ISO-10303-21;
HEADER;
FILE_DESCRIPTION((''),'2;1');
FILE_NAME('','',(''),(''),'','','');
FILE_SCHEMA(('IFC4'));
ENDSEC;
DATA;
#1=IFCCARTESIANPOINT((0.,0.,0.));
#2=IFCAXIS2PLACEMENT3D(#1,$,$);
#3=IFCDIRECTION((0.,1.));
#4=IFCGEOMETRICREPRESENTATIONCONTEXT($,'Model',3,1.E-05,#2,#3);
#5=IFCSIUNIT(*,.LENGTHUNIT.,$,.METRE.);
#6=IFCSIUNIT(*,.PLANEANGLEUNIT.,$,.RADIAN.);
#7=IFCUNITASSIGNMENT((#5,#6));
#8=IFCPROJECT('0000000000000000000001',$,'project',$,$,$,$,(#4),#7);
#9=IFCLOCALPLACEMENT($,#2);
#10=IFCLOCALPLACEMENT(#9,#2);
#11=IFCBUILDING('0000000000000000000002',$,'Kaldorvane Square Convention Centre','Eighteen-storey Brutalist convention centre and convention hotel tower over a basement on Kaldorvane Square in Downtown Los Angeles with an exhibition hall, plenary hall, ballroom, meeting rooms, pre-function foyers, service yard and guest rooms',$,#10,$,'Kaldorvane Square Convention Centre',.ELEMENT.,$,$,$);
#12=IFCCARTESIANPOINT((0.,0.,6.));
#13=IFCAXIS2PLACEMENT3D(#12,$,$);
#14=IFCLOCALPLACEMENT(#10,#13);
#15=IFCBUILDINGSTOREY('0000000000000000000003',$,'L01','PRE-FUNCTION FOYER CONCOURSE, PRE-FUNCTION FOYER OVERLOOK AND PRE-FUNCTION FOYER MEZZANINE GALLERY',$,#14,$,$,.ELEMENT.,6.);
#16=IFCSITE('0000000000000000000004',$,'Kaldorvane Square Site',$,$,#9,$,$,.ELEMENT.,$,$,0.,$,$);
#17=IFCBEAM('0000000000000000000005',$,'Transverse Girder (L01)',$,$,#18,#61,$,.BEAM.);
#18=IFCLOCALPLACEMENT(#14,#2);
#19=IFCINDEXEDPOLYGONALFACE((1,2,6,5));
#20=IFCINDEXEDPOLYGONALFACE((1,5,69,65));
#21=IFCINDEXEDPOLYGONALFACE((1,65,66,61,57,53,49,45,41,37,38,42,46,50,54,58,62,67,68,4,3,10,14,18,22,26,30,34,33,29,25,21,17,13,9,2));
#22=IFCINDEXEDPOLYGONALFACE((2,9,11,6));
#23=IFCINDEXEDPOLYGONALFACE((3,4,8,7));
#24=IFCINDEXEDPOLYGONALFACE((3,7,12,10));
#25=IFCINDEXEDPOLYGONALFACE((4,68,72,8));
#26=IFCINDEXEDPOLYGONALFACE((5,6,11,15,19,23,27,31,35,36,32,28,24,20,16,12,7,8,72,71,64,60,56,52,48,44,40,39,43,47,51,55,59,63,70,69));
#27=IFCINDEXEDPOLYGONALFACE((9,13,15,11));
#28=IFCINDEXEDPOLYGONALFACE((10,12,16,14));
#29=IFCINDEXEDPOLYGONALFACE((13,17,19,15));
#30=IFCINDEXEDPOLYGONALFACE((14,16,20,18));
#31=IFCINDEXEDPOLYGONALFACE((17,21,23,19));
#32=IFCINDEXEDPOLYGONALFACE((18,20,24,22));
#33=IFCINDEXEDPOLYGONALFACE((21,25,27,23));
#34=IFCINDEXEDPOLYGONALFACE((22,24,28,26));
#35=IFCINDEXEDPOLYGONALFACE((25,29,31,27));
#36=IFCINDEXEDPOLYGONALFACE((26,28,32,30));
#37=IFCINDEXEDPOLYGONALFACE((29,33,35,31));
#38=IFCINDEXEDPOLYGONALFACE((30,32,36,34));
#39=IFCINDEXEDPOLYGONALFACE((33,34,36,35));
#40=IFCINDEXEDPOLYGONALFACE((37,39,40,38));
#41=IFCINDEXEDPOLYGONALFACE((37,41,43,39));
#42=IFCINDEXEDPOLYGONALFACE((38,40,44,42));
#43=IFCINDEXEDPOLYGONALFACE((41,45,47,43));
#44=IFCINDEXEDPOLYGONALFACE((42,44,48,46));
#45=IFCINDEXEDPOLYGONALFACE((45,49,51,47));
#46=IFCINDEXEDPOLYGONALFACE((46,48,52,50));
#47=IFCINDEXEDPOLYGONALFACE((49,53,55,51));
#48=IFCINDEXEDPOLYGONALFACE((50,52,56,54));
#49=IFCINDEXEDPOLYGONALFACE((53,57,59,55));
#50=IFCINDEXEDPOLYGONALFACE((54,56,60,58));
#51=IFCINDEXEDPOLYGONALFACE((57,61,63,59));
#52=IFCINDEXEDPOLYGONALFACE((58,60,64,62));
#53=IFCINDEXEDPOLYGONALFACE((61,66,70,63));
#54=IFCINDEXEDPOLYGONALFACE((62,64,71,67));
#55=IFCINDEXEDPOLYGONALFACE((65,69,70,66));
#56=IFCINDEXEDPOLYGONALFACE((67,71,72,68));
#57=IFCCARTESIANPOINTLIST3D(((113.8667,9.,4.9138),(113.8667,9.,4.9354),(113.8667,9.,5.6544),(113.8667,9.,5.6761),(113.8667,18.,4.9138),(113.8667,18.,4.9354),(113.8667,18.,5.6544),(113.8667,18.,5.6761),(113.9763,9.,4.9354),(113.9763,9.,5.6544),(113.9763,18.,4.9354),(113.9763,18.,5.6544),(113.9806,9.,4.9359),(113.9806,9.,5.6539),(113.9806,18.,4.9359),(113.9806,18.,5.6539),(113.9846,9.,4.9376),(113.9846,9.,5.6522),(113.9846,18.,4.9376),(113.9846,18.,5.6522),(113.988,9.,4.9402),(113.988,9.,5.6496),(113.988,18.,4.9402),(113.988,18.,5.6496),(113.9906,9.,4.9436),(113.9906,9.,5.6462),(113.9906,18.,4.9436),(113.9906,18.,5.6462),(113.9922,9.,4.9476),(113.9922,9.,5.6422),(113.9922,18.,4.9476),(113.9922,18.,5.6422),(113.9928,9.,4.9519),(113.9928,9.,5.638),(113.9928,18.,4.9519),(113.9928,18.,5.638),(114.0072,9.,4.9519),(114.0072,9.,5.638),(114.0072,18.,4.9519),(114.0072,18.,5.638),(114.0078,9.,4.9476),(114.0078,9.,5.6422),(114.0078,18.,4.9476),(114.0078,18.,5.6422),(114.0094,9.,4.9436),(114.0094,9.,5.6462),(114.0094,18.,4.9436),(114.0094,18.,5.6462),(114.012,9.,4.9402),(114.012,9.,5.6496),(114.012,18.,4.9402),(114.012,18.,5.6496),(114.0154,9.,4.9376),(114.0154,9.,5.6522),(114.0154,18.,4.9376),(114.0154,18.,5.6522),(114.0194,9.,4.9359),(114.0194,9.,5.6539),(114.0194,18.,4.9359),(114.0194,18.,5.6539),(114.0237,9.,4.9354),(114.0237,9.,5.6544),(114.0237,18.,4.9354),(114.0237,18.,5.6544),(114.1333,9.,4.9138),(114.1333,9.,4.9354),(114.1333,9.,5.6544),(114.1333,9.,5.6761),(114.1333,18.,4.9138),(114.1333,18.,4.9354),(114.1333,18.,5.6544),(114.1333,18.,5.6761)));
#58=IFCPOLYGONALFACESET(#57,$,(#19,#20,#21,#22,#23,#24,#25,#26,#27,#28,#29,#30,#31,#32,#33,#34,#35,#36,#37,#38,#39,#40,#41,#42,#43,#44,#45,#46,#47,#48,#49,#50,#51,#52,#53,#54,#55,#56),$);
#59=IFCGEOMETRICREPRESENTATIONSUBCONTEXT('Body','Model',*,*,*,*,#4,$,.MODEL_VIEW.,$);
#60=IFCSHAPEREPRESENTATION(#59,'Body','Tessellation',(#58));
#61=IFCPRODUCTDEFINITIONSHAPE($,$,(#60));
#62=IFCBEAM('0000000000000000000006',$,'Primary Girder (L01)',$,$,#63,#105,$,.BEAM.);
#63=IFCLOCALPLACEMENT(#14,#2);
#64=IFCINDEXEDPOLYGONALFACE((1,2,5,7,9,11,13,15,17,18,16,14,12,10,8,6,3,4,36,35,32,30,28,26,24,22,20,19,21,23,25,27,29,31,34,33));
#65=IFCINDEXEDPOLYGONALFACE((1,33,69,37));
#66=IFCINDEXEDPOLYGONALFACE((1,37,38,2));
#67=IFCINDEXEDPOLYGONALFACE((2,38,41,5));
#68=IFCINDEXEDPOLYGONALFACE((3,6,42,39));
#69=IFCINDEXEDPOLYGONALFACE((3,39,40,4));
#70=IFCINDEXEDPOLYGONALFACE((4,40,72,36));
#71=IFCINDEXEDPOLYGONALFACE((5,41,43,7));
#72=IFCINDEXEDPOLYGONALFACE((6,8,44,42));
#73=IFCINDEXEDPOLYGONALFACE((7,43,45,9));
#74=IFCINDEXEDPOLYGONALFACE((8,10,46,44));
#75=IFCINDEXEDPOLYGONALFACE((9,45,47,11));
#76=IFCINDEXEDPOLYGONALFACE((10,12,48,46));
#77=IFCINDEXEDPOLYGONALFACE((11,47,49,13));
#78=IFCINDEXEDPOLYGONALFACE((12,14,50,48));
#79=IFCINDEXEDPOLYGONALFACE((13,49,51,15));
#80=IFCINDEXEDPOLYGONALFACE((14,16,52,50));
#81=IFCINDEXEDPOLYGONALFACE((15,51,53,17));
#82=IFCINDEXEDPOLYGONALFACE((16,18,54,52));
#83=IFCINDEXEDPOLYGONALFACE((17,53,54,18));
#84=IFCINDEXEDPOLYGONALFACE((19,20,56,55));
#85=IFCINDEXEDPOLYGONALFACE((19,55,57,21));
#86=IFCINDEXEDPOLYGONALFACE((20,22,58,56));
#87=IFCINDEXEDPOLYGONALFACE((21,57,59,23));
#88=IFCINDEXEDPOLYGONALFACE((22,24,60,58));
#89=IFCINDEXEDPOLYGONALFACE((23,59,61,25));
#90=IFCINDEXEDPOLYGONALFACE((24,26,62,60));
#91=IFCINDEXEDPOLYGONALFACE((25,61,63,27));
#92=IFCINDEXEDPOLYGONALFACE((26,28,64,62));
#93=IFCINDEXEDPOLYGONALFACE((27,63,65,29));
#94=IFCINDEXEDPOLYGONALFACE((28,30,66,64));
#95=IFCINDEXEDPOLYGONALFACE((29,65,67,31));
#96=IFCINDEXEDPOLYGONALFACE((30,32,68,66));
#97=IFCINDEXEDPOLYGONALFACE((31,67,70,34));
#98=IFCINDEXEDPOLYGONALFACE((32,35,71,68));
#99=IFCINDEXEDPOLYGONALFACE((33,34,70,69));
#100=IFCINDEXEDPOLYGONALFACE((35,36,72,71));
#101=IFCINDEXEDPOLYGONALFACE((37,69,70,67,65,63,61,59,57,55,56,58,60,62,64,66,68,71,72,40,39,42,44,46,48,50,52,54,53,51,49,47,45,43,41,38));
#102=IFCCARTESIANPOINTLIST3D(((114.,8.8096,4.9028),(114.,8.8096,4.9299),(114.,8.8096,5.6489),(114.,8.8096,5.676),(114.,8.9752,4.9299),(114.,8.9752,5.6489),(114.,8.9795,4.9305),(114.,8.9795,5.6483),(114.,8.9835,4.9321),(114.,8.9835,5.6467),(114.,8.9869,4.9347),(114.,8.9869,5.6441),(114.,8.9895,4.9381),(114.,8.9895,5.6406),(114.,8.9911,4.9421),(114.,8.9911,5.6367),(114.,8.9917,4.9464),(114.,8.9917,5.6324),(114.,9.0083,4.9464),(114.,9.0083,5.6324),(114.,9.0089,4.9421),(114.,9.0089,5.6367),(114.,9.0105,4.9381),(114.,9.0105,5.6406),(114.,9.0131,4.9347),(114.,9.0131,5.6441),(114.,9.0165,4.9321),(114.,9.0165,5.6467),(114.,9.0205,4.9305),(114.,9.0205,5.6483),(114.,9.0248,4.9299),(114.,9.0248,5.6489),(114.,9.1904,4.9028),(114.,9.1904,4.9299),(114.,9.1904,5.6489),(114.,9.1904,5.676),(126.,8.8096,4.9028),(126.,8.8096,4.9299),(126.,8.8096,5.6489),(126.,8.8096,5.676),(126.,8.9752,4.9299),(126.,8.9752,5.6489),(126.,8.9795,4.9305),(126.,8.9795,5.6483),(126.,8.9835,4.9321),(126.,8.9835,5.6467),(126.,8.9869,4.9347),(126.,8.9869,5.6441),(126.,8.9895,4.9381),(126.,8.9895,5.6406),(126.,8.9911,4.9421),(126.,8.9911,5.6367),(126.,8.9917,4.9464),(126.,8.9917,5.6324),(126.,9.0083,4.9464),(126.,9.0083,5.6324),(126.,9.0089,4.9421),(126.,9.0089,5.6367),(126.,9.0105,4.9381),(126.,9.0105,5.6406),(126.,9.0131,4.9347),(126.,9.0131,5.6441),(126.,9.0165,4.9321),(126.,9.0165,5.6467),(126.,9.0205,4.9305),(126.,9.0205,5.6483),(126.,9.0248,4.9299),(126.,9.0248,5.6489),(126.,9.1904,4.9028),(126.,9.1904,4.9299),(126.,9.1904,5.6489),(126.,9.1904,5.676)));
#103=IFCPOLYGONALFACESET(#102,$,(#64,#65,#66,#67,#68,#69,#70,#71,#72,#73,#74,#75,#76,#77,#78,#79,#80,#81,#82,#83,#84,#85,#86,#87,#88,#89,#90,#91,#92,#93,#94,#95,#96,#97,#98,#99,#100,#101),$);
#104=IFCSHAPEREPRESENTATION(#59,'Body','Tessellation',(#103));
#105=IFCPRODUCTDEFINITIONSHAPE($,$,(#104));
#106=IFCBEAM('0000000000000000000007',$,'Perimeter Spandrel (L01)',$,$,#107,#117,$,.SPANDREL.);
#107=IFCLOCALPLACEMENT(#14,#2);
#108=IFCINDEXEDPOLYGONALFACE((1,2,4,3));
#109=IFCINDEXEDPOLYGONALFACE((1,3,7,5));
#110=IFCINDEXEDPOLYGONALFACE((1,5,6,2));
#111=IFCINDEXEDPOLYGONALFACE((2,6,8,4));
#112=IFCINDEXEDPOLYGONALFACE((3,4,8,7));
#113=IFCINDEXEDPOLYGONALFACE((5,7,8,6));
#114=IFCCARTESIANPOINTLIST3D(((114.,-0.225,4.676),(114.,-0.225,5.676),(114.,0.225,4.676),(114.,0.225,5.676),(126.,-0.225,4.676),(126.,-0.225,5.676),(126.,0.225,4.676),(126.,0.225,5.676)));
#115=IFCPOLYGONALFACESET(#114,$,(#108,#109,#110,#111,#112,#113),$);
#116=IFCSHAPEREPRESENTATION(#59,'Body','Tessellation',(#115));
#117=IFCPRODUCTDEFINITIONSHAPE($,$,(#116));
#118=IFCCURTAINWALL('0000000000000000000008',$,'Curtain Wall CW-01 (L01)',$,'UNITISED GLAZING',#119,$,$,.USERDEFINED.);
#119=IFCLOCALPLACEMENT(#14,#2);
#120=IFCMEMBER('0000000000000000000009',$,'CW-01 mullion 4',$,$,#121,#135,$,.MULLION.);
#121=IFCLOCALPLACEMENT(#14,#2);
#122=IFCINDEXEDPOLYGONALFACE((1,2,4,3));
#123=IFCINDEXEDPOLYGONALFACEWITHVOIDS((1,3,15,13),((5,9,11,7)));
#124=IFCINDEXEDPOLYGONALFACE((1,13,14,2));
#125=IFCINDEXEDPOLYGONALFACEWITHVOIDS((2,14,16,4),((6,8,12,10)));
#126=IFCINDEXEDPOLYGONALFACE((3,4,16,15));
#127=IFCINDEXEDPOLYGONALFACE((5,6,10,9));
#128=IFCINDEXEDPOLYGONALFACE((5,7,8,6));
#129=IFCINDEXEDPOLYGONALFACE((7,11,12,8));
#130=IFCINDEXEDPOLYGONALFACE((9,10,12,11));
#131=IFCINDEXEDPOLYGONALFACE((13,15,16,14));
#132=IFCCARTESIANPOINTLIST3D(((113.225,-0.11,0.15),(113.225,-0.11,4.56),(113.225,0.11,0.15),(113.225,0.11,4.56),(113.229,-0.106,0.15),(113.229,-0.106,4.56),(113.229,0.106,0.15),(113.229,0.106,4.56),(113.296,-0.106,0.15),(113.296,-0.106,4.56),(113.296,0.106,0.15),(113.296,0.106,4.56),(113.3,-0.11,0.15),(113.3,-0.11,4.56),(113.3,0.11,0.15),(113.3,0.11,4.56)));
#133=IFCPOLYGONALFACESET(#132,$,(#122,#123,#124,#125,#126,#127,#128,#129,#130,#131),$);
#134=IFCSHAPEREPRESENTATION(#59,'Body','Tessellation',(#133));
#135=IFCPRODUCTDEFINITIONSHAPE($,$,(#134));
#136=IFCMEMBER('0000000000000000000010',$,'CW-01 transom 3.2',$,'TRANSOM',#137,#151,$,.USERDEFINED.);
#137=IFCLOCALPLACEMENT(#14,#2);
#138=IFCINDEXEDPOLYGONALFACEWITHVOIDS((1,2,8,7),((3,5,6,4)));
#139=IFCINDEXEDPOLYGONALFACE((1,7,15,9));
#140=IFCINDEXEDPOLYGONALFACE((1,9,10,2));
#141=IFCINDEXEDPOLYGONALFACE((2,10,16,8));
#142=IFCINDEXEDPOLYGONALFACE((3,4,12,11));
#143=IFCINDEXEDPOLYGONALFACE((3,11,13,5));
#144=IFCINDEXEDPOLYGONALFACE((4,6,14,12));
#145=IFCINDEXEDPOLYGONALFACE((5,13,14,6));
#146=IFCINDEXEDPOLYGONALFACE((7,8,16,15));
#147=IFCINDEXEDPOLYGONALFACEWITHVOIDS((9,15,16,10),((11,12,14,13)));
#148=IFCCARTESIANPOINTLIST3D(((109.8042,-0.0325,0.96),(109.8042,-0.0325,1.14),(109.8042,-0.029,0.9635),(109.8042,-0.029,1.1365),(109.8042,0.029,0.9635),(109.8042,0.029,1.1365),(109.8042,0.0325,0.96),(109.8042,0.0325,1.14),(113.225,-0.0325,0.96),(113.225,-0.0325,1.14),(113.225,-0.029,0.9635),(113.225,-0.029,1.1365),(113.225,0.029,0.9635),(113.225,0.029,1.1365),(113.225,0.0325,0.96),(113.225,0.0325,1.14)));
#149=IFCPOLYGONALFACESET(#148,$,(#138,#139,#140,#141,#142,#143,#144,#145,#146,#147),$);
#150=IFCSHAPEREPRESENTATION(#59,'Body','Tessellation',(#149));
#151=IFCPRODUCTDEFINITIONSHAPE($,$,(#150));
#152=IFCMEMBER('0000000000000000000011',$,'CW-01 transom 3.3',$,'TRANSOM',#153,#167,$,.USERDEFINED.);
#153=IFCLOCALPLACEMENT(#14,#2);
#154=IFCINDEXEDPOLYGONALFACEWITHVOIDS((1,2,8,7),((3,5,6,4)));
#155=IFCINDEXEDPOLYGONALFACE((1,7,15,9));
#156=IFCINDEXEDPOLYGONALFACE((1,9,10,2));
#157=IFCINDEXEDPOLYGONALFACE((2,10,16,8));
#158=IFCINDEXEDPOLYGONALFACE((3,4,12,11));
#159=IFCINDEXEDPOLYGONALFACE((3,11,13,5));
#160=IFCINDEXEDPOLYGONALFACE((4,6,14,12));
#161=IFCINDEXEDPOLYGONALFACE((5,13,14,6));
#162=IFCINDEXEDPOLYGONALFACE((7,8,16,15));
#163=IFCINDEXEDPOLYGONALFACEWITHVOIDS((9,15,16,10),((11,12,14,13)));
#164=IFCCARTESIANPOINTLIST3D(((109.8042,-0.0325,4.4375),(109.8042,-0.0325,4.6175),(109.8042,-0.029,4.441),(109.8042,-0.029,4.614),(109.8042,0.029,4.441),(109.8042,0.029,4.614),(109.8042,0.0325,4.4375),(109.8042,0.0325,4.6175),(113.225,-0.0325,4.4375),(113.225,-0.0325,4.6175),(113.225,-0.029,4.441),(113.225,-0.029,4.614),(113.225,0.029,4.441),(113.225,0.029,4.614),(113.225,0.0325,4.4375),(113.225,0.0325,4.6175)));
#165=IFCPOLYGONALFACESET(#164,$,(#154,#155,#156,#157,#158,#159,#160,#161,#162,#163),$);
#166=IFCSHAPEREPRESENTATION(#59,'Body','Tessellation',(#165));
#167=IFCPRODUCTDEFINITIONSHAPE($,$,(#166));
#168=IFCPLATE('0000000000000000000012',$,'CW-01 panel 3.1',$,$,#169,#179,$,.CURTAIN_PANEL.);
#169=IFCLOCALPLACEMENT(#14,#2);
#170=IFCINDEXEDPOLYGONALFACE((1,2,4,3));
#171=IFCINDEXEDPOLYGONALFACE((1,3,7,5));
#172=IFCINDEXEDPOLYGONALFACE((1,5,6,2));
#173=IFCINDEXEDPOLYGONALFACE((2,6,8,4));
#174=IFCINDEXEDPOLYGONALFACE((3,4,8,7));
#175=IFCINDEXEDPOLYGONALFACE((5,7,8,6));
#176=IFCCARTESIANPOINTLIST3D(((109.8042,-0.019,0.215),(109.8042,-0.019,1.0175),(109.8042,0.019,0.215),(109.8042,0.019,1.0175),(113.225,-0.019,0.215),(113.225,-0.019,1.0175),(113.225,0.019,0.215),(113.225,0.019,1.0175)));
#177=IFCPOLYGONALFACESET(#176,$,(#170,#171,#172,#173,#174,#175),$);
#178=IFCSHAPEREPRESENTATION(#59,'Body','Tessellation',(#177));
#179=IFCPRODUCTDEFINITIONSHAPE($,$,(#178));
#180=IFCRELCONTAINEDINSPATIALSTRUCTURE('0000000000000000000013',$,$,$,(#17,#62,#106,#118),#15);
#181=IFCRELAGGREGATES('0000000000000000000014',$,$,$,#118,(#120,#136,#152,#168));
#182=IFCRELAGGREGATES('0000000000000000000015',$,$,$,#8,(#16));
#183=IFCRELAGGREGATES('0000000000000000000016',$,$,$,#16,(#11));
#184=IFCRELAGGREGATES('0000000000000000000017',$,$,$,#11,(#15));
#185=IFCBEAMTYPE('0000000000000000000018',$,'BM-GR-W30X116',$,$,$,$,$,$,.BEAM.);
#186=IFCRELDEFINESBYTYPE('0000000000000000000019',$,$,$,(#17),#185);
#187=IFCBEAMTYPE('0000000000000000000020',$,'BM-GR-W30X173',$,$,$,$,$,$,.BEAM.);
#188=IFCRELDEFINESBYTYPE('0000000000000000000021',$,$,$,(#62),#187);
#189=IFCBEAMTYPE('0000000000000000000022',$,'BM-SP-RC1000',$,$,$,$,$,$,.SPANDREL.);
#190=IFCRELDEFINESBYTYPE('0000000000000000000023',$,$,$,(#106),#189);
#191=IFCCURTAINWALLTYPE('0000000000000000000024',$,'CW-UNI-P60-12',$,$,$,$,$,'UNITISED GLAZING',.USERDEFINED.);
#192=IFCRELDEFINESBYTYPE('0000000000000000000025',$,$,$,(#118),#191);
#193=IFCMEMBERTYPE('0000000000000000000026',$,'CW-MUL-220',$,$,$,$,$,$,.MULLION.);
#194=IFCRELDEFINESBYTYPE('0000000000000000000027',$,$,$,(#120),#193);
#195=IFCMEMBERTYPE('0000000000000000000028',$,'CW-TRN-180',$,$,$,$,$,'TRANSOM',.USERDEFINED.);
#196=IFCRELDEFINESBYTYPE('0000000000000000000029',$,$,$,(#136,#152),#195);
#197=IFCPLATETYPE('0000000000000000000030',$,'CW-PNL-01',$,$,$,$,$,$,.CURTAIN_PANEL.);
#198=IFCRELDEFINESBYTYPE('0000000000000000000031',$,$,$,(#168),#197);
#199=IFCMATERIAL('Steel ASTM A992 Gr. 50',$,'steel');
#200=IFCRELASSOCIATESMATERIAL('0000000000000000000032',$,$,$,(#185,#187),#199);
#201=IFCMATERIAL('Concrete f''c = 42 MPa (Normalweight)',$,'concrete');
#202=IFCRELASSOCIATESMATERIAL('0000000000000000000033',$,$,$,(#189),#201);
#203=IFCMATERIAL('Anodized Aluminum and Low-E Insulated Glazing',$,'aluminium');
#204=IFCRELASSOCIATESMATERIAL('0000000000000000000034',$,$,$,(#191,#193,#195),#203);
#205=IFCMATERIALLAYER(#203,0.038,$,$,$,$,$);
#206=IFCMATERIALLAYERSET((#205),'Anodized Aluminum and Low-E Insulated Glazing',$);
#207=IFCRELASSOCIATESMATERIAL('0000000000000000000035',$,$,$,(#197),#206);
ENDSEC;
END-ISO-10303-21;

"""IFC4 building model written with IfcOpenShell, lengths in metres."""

from ifc_helpers import new_model, si_unit, direction, frame, origin, origin_2d, place, context, subcontext, project, spatial, rectangle, hollow_rectangle, i_section, extrude, material, layer, layer_set, material_profile, profile_set, type_object, element, aggregate, save


model = new_model("IFC4")

# Units and contexts
model_context = context("Model", 3, precision=1e-05, world=origin(), true_north=direction((0.0, 1.0)))
body_context = subcontext(model_context, "Body", "Model", "MODEL_VIEW")
ifc_project = project(units=[si_unit("LENGTHUNIT", "METRE"), si_unit("PLANEANGLEUNIT", "RADIAN")], contexts=[model_context])

# Site, building, storey
site_placement = place(None, origin())
site = spatial("IfcSite", under=ifc_project, at=site_placement, Name="Kaldorvane Square Site", CompositionType="ELEMENT", RefElevation=0.0)
building_placement = place(site_placement, origin())
building = spatial("IfcBuilding", under=site, at=building_placement, Name="Kaldorvane Square Convention Centre", Description="Eighteen-storey Brutalist convention centre and convention hotel tower over a basement on Kaldorvane Square in Downtown Los Angeles with an exhibition hall, plenary hall, ballroom, meeting rooms, pre-function foyers, service yard and guest rooms", LongName="Kaldorvane Square Convention Centre", CompositionType="ELEMENT")
storey_placement = place(building_placement, frame((0.0, 0.0, 6.0)))
storey = spatial("IfcBuildingStorey", under=building, at=storey_placement, Name="L01", Description="PRE-FUNCTION FOYER CONCOURSE, PRE-FUNCTION FOYER OVERLOOK AND PRE-FUNCTION FOYER MEZZANINE GALLERY", CompositionType="ELEMENT", Elevation=6.0)

# Shared definitions
ifc_material_1 = material(Name="Steel ASTM A992 Gr. 50", Category="steel")

# Beams
ifc_material_profile_1 = material_profile(ifc_material_1, i_section(OverallWidth=0.2666, OverallDepth=0.7623, WebThickness=0.0144, FlangeThickness=0.0216, FilletRadius=0.0165, at=origin_2d()), Name="W30X116")
ifc_profile_set_1 = profile_set([ifc_material_profile_1], Name="Steel ASTM A992 Gr. 50")
beam_type_1 = type_object("IfcBeamType", Name="BM-GR-W30X116", PredefinedType="BEAM", material=ifc_profile_set_1)
for number, where, z_axis, x_axis, name in (
    (1, (114.0, 9.0, 5.2949), (0.0, 1.0, 0.0), (-1.0, 0.0, 0.0), "Transverse Girder (L01)"),
):
    element("IfcBeam", number, at=place(storey_placement, frame(where, z_axis=z_axis, x_axis=x_axis)), inside=storey, type_object=beam_type_1, Name=name, PredefinedType="BEAM", context=body_context, shape_type="SweptSolid", body=[
        extrude(i_section(OverallWidth=0.2666, OverallDepth=0.7623, WebThickness=0.0144, FlangeThickness=0.0216, FilletRadius=0.0165, at=origin_2d()), origin(), (0.0, 0.0, 1.0), 9.0),
    ])
ifc_material_profile_2 = material_profile(ifc_material_1, i_section(OverallWidth=0.3807, OverallDepth=0.7732, WebThickness=0.0166, FlangeThickness=0.0271, FilletRadius=0.0165, at=origin_2d()), Name="W30X173")
ifc_profile_set_2 = profile_set([ifc_material_profile_2], Name="Steel ASTM A992 Gr. 50")
beam_type_2 = type_object("IfcBeamType", Name="BM-GR-W30X173", PredefinedType="BEAM", material=ifc_profile_set_2)
beam_1_placement = place(storey_placement, frame((114.0, 9.0, 5.2894), z_axis=(1.0, 0.0, 0.0), x_axis=(0.0, 1.0, 0.0)))
element("IfcBeam", 2, at=beam_1_placement, inside=storey, type_object=beam_type_2, Name="Primary Girder (L01)", PredefinedType="BEAM", context=body_context, shape_type="SweptSolid", body=[
    extrude(i_section(OverallWidth=0.3807, OverallDepth=0.7732, WebThickness=0.0166, FlangeThickness=0.0271, FilletRadius=0.0165, at=origin_2d()), origin(), (0.0, 0.0, 1.0), 12.0),
])
ifc_material_2 = material(Name="Concrete f'c = 42 MPa (Normalweight)", Category="concrete")
ifc_material_profile_3 = material_profile(ifc_material_2, rectangle(XDim=0.45, YDim=1.0, at=origin_2d()), Name="RCSP1000X450")
ifc_profile_set_3 = profile_set([ifc_material_profile_3], Name="Concrete f'c = 42 MPa (Normalweight)")
beam_type_3 = type_object("IfcBeamType", Name="BM-SP-RC1000", PredefinedType="SPANDREL", material=ifc_profile_set_3)
beam_2_placement = place(storey_placement, frame((114.0, 0.0, 5.176), z_axis=(1.0, 0.0, 0.0), x_axis=(0.0, 1.0, 0.0)))
element("IfcBeam", 3, at=beam_2_placement, inside=storey, type_object=beam_type_3, Name="Perimeter Spandrel (L01)", PredefinedType="SPANDREL", context=body_context, shape_type="SweptSolid", body=[
    extrude(rectangle(XDim=0.45, YDim=1.0, at=origin_2d()), origin(), (0.0, 0.0, 1.0), 12.0),
])

# Curtain wall, members, plate
ifc_material_3 = material(Name="Anodized Aluminum and Low-E Insulated Glazing", Category="aluminium")
curtain_wall_type = type_object("IfcCurtainWallType", Name="CW-UNI-P60-12", ElementType="UNITISED GLAZING", PredefinedType="USERDEFINED", material=ifc_material_3)
curtain_wall_placement = place(storey_placement, origin())
curtain_wall = element("IfcCurtainWall", 4, at=curtain_wall_placement, inside=storey, type_object=curtain_wall_type, Name="Curtain Wall CW-01 (L01)", ObjectType="UNITISED GLAZING", PredefinedType="USERDEFINED")
ifc_material_profile_4 = material_profile(ifc_material_3, hollow_rectangle(XDim=0.075, YDim=0.22, WallThickness=0.004, at=origin_2d()), Name="CWM-220X75")
ifc_profile_set_4 = profile_set([ifc_material_profile_4], Name="Anodized Aluminum and Low-E Insulated Glazing")
member_type_1 = type_object("IfcMemberType", Name="CW-MUL-220", PredefinedType="MULLION", material=ifc_profile_set_4)
member_1_placement = place(storey_placement, frame((113.2625, 0.0, 0.15), z_axis=(0.0, 0.0, 1.0), x_axis=(1.0, 0.0, 0.0)))
member_1 = element("IfcMember", 5, at=member_1_placement, type_object=member_type_1, Name="CW-01 mullion 4", PredefinedType="MULLION", context=body_context, shape_type="SweptSolid", body=[
    extrude(hollow_rectangle(XDim=0.075, YDim=0.22, WallThickness=0.004, at=origin_2d()), origin(), (0.0, 0.0, 1.0), 4.41),
])
ifc_material_profile_5 = material_profile(ifc_material_3, hollow_rectangle(XDim=0.065, YDim=0.18, WallThickness=0.0035, at=origin_2d()), Name="CWT-180X65")
ifc_profile_set_5 = profile_set([ifc_material_profile_5], Name="Anodized Aluminum and Low-E Insulated Glazing")
member_type_2 = type_object("IfcMemberType", Name="CW-TRN-180", ElementType="TRANSOM", PredefinedType="USERDEFINED", material=ifc_profile_set_5)
member_2_placement = place(storey_placement, frame((109.8042, 0.0, 1.05), z_axis=(1.0, 0.0, 0.0), x_axis=(0.0, 1.0, 0.0)))
member_2 = element("IfcMember", 6, at=member_2_placement, type_object=member_type_2, Name="CW-01 transom 3.2", ObjectType="TRANSOM", PredefinedType="USERDEFINED", context=body_context, shape_type="SweptSolid", body=[
    extrude(hollow_rectangle(XDim=0.065, YDim=0.18, WallThickness=0.0035, at=origin_2d()), origin(), (0.0, 0.0, 1.0), 3.4208),
])
member_3_placement = place(storey_placement, frame((109.8042, 0.0, 4.5275), z_axis=(1.0, 0.0, 0.0), x_axis=(0.0, 1.0, 0.0)))
member_3 = element("IfcMember", 7, at=member_3_placement, type_object=member_type_2, Name="CW-01 transom 3.3", ObjectType="TRANSOM", PredefinedType="USERDEFINED", context=body_context, shape_type="SweptSolid", body=[
    extrude(hollow_rectangle(XDim=0.065, YDim=0.18, WallThickness=0.0035, at=origin_2d()), origin(), (0.0, 0.0, 1.0), 3.4208),
])
ifc_layer_1 = layer(ifc_material_3, 0.038)
ifc_layer_set_1 = layer_set([ifc_layer_1], Name="Anodized Aluminum and Low-E Insulated Glazing")
plate_type = type_object("IfcPlateType", Name="CW-PNL-01", PredefinedType="CURTAIN_PANEL", material=ifc_layer_set_1)
plate_1_placement = place(storey_placement, frame((111.5146, 0.0, 0.215), z_axis=(0.0, 0.0, 1.0), x_axis=(1.0, 0.0, 0.0)))
plate_1 = element("IfcPlate", 8, at=plate_1_placement, type_object=plate_type, Name="CW-01 panel 3.1", PredefinedType="CURTAIN_PANEL", context=body_context, shape_type="SweptSolid", body=[
    extrude(rectangle(XDim=3.4208, YDim=0.038, at=origin_2d()), origin(), (0.0, 0.0, 1.0), 0.8025),
])
aggregate(curtain_wall, [member_1, member_2, member_3, plate_1])

save(model, "model.ifc")
